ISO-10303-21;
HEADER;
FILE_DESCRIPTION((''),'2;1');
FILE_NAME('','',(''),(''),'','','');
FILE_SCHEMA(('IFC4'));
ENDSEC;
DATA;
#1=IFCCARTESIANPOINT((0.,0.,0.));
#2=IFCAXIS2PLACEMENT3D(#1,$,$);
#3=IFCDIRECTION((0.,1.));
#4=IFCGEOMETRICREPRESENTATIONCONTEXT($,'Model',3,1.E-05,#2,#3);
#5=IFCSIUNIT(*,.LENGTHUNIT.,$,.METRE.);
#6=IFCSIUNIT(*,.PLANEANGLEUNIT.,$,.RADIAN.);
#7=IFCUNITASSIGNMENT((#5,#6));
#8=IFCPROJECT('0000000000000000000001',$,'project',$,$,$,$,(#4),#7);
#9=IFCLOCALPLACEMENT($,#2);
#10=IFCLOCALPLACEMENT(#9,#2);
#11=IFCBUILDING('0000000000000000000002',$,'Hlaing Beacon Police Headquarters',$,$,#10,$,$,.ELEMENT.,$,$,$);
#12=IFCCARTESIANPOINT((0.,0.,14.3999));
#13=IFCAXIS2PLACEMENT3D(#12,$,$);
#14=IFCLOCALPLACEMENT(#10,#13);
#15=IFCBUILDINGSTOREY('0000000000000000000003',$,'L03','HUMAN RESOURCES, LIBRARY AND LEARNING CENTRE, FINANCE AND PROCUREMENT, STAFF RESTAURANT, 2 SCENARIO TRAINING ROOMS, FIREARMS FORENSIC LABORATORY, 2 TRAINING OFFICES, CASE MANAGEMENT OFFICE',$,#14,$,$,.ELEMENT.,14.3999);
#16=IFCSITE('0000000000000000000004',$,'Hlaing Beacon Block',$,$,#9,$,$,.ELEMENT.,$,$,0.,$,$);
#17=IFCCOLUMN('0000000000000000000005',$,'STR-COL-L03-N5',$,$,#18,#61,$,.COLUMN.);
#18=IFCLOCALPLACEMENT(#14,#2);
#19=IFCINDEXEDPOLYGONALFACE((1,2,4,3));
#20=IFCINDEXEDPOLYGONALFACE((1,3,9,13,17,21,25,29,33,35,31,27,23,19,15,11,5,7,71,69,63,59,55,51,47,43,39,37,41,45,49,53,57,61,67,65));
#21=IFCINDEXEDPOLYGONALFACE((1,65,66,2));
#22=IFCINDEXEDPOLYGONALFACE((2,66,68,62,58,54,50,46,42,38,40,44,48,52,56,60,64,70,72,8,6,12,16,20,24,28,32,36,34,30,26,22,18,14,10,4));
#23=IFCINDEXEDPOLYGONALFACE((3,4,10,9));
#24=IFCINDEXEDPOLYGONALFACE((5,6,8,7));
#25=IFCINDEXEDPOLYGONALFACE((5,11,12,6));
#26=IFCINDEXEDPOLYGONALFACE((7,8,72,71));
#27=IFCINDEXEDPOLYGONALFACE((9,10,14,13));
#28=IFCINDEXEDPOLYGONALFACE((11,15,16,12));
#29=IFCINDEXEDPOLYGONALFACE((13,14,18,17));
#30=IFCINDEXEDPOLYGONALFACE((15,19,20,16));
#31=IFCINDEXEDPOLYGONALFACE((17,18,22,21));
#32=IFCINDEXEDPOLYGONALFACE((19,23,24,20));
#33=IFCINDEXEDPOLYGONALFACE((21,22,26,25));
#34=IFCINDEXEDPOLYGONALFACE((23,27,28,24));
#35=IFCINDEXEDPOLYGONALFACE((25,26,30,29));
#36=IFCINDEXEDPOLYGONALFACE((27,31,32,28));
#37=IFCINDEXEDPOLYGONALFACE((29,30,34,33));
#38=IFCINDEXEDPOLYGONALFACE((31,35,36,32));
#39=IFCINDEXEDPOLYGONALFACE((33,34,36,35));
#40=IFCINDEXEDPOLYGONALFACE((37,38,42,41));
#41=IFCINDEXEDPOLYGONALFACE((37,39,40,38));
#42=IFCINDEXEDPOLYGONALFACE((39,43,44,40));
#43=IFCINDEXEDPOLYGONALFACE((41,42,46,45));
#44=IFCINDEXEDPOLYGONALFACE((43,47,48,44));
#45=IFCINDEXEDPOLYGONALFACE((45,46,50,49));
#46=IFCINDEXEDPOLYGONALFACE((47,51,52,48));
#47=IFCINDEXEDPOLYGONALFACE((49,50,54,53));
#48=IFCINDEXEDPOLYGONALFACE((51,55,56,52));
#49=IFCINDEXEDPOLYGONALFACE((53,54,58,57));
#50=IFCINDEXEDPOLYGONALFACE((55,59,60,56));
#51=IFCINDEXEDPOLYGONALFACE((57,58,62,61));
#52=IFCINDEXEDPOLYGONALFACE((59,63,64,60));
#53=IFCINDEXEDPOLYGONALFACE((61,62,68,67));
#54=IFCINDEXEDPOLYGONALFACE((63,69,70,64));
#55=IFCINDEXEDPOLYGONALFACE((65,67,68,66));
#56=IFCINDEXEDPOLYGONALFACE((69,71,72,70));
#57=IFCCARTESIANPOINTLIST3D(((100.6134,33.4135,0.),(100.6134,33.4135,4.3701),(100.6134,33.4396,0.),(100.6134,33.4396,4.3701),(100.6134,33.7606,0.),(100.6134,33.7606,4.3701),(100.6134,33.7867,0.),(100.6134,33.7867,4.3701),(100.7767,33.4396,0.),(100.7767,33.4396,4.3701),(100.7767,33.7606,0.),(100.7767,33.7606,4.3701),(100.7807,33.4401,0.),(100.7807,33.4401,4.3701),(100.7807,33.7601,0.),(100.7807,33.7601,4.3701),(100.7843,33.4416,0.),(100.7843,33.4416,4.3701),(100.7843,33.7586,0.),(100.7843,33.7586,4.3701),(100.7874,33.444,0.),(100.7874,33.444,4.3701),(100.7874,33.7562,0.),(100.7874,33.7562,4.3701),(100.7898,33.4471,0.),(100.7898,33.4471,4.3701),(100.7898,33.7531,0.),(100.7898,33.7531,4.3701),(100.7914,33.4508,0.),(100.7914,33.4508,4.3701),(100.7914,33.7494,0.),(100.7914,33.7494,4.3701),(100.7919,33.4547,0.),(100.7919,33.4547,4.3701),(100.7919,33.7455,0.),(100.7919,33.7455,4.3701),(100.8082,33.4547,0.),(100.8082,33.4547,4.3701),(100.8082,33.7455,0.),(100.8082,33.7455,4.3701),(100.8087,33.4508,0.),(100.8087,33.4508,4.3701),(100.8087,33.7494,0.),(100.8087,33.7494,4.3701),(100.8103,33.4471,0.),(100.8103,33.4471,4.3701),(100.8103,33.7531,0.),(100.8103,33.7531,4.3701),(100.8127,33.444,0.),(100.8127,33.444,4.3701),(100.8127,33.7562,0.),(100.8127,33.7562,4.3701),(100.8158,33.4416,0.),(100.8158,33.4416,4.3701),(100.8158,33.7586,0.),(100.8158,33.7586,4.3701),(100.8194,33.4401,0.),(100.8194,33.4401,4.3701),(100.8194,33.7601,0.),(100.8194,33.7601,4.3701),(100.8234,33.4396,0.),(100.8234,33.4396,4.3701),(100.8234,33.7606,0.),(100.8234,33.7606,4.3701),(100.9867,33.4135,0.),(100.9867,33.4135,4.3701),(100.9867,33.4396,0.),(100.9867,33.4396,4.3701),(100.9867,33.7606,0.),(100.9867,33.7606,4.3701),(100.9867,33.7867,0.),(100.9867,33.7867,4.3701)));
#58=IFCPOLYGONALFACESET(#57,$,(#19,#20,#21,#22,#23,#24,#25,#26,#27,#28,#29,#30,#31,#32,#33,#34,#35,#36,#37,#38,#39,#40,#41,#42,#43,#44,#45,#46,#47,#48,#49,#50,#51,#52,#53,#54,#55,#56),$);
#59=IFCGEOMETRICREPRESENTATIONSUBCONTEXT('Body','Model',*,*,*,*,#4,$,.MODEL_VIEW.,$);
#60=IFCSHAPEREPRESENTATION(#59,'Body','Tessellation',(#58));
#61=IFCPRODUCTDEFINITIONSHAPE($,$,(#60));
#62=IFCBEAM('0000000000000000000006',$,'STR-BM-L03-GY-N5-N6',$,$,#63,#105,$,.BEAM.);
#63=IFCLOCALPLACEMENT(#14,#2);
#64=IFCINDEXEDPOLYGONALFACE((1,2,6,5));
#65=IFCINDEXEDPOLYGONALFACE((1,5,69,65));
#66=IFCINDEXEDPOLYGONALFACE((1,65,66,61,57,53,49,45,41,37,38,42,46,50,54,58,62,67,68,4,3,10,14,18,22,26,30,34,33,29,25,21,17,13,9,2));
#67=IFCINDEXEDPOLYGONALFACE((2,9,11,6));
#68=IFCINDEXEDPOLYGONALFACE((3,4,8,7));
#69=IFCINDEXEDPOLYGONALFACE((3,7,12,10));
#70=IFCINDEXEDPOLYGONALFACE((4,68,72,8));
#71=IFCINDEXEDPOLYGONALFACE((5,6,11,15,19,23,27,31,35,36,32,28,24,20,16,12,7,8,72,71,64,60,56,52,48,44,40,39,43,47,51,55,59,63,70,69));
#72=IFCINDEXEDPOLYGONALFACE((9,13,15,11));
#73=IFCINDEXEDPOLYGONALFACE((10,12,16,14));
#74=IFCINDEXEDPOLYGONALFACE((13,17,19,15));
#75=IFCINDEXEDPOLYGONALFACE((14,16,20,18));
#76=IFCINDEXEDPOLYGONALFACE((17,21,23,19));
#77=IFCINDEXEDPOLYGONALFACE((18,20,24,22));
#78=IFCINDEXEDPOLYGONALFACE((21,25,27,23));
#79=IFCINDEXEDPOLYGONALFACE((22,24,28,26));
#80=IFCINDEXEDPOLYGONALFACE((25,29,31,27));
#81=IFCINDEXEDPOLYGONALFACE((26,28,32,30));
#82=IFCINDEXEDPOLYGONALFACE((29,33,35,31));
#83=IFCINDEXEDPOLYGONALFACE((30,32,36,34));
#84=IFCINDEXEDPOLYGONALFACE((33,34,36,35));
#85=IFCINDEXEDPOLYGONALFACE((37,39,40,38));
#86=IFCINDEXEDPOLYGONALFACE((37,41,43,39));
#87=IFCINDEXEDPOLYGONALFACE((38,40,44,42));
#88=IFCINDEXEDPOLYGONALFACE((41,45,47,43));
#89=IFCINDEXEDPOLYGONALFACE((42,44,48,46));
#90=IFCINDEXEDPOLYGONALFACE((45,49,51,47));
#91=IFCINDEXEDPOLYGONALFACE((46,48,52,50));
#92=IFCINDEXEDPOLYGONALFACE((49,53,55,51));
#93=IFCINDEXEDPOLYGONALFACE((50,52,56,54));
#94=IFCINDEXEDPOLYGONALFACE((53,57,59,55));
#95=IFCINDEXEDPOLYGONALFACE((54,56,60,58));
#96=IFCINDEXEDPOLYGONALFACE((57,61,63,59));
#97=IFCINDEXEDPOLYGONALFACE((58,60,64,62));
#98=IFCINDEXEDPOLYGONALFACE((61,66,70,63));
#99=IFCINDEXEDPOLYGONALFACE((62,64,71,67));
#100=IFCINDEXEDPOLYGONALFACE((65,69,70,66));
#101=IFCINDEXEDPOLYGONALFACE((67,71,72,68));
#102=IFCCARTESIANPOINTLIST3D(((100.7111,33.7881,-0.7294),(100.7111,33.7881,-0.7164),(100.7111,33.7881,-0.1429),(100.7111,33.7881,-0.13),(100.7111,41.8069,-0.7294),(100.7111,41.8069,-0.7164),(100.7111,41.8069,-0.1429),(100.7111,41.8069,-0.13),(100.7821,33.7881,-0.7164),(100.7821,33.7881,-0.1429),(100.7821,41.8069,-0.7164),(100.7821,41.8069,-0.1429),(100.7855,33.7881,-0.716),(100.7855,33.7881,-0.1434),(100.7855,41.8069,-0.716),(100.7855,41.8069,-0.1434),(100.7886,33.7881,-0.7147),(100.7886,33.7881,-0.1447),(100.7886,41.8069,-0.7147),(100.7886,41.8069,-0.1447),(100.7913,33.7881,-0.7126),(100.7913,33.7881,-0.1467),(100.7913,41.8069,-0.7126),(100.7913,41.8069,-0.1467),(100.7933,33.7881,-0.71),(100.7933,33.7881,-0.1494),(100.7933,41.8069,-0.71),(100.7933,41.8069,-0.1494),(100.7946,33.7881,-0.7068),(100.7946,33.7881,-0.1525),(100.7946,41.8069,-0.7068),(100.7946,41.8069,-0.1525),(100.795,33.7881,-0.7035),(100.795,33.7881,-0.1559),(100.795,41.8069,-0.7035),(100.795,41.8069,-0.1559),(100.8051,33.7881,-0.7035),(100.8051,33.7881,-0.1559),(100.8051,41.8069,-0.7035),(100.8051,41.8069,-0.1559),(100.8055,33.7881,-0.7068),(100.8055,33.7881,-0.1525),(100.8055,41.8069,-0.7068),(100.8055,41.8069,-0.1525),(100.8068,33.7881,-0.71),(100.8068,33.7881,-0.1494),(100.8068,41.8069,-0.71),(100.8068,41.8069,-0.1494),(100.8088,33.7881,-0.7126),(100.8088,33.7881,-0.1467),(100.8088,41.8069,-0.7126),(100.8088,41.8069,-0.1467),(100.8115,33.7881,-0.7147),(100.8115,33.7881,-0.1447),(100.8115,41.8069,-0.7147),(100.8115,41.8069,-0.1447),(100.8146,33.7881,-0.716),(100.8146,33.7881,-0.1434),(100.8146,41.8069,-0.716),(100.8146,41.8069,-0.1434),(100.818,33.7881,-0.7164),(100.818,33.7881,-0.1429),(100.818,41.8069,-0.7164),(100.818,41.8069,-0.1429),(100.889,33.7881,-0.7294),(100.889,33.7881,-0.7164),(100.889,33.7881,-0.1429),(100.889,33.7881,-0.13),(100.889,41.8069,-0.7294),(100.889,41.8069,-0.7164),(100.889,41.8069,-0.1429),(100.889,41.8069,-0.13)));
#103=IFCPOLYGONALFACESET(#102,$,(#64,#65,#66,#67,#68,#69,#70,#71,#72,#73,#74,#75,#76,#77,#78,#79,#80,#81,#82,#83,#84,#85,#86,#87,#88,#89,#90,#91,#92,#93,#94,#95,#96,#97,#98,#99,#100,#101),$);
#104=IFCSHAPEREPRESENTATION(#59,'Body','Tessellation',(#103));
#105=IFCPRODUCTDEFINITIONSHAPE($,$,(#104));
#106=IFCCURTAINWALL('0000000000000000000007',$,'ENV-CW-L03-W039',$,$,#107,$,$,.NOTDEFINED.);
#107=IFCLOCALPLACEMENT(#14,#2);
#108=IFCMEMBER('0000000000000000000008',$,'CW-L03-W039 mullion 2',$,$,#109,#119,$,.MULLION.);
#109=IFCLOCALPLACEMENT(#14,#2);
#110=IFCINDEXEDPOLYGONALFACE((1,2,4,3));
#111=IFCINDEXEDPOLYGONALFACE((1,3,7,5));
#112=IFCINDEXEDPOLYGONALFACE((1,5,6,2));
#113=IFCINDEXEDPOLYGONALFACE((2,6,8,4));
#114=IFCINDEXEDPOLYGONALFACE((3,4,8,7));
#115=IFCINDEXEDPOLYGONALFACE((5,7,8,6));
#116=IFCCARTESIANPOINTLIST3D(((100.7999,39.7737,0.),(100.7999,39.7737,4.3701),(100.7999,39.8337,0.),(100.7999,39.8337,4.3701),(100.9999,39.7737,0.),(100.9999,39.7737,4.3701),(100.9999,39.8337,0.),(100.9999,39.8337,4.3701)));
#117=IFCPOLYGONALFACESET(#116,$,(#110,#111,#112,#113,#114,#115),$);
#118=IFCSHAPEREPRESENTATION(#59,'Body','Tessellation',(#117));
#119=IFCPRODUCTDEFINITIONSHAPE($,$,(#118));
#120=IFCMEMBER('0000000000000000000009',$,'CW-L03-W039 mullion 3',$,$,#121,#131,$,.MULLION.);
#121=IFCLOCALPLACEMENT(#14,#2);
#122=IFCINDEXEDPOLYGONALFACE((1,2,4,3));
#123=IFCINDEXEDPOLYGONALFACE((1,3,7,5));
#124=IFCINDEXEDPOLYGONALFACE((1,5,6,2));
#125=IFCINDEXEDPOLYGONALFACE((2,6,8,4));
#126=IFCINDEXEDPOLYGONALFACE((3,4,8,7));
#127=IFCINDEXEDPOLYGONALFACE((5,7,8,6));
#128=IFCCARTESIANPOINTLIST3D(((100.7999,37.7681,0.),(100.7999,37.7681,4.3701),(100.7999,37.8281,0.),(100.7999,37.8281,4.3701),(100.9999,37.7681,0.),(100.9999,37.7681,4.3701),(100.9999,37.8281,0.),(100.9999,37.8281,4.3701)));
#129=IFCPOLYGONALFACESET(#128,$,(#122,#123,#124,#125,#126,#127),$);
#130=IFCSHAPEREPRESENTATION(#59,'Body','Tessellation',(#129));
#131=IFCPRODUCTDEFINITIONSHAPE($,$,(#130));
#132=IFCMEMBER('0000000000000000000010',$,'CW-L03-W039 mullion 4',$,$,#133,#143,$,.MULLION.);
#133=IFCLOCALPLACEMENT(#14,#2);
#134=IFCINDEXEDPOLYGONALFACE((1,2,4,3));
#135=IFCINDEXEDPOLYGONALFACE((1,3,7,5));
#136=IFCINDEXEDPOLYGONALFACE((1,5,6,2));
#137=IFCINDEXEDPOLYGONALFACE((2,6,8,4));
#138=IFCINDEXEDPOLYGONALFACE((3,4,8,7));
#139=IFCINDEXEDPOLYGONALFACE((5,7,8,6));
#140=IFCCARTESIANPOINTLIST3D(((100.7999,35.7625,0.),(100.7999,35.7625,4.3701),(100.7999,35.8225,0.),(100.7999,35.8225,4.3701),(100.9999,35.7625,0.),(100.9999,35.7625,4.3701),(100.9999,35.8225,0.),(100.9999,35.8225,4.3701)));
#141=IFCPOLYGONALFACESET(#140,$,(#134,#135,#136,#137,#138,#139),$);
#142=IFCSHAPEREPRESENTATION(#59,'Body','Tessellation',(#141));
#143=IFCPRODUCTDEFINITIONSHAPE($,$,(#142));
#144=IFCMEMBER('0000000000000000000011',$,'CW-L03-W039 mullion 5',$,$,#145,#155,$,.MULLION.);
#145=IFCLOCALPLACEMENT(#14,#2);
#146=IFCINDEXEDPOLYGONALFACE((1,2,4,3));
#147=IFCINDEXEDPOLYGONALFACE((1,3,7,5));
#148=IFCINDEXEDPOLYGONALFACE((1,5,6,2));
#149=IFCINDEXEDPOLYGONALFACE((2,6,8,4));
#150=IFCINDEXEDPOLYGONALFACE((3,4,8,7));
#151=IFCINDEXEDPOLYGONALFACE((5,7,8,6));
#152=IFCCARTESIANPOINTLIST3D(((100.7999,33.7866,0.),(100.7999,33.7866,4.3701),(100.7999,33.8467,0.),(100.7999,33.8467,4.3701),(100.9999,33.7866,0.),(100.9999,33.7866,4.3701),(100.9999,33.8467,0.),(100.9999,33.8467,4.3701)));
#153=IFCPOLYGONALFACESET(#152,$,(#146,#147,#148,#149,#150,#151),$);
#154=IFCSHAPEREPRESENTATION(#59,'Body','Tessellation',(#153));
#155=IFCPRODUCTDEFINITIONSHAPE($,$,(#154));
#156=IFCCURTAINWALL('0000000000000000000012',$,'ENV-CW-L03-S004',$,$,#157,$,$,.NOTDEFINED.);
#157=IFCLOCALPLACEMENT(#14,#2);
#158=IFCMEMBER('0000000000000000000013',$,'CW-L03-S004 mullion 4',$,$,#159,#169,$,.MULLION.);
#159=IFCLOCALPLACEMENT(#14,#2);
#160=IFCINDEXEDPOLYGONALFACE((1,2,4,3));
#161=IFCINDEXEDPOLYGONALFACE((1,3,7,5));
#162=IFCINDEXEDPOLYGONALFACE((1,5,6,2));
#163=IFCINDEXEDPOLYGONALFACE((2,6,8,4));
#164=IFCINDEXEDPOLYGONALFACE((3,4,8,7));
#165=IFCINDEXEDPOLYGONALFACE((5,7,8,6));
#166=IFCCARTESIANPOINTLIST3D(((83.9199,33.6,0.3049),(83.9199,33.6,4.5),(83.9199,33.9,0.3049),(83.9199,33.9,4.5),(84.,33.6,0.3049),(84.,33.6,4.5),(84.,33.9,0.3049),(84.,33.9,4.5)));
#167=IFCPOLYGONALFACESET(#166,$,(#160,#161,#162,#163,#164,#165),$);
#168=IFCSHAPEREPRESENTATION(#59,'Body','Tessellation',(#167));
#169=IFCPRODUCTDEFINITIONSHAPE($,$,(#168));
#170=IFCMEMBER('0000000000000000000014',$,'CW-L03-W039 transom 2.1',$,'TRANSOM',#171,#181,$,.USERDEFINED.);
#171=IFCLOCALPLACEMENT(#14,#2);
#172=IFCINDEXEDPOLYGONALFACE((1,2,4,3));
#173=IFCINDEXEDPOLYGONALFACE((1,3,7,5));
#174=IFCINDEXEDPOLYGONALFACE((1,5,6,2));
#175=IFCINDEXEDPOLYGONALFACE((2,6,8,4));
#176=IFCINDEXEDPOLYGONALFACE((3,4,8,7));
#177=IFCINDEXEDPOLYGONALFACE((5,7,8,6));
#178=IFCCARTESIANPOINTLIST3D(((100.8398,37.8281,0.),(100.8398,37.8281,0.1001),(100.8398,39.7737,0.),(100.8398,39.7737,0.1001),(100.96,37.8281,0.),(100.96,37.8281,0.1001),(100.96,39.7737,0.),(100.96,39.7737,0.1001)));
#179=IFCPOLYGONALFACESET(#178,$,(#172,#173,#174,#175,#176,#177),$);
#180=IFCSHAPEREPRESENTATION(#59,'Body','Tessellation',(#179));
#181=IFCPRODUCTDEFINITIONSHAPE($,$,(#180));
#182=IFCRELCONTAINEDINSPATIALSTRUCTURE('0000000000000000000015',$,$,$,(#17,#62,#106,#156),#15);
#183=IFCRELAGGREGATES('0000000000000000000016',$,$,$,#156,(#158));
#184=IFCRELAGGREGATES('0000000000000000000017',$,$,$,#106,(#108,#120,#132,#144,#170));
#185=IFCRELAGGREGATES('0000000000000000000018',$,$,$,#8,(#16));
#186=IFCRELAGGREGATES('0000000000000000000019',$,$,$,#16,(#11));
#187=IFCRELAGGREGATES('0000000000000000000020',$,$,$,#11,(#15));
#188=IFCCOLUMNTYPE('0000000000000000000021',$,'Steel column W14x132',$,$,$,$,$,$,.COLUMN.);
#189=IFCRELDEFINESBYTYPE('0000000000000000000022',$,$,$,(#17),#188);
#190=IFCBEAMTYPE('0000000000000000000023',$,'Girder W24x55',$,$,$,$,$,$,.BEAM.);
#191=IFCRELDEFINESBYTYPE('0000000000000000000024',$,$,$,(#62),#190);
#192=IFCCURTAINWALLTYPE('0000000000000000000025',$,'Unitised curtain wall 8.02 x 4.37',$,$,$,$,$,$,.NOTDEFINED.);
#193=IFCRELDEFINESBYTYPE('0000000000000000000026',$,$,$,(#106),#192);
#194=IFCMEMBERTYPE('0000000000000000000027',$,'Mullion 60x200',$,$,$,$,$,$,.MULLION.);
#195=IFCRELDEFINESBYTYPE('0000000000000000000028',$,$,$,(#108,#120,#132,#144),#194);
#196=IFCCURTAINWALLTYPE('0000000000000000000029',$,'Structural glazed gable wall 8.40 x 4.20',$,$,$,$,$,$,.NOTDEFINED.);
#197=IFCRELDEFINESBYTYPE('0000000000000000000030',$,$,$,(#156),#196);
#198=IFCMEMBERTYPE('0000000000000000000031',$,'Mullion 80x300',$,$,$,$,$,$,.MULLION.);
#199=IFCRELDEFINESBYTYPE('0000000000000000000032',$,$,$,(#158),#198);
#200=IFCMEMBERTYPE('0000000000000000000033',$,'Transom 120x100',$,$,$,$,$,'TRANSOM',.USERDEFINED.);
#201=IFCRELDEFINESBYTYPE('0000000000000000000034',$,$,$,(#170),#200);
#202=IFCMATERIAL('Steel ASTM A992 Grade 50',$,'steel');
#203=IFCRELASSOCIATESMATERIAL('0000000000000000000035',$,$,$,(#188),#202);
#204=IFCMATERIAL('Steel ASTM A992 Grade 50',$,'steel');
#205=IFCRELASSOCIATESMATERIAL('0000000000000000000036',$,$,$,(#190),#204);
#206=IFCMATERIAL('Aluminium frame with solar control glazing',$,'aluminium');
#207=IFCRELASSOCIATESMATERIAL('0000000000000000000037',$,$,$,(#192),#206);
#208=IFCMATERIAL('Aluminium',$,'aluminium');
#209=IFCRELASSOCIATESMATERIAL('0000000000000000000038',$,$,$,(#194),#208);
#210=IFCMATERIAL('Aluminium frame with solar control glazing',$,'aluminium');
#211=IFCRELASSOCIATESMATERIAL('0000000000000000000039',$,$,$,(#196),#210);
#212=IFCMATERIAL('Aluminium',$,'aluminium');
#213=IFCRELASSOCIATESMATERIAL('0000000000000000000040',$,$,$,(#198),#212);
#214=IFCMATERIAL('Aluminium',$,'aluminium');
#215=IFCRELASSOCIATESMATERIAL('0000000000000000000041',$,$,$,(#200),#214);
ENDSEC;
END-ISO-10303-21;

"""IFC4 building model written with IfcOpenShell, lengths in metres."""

from ifc_helpers import new_model, si_unit, direction, frame, origin, origin_2d, place, context, subcontext, project, spatial, rectangle, i_section, extrude, material, material_profile, profile_set, type_object, element, aggregate, save


model = new_model("IFC4")

# Units and contexts
model_context = context("Model", 3, precision=1e-05, world=origin(), true_north=direction((0.0, 1.0)))
body_context = subcontext(model_context, "Body", "Model", "MODEL_VIEW")
ifc_project = project(units=[si_unit("LENGTHUNIT", "METRE"), si_unit("PLANEANGLEUNIT", "RADIAN")], contexts=[model_context])

# Site, building, storey
site_placement = place(None, origin())
site = spatial("IfcSite", under=ifc_project, at=site_placement, Name="Hlaing Beacon Block", CompositionType="ELEMENT", RefElevation=0.0)
building_placement = place(site_placement, origin())
building = spatial("IfcBuilding", under=site, at=building_placement, Name="Hlaing Beacon Police Headquarters", CompositionType="ELEMENT")
storey_placement = place(building_placement, frame((0.0, 0.0, 14.3999)))
storey = spatial("IfcBuildingStorey", under=building, at=storey_placement, Name="L03", Description="HUMAN RESOURCES, LIBRARY AND LEARNING CENTRE, FINANCE AND PROCUREMENT, STAFF RESTAURANT, 2 SCENARIO TRAINING ROOMS, FIREARMS FORENSIC LABORATORY, 2 TRAINING OFFICES, CASE MANAGEMENT OFFICE", CompositionType="ELEMENT", Elevation=14.3999)

# Column
ifc_material_1 = material(Name="Steel ASTM A992 Grade 50", Category="steel")
ifc_material_profile_1 = material_profile(ifc_material_1, i_section(OverallWidth=0.3733, OverallDepth=0.3733, WebThickness=0.0164, FlangeThickness=0.0261, FilletRadius=0.0151, at=origin_2d()), Name="W14x132")
ifc_profile_set_1 = profile_set([ifc_material_profile_1], Name="Steel ASTM A992 Grade 50")
column_type = type_object("IfcColumnType", Name="Steel column W14x132", PredefinedType="COLUMN", material=ifc_profile_set_1)
column_placement = place(storey_placement, frame((100.8, 33.6001, 0.0), z_axis=(0.0, 0.0, 1.0), x_axis=(1.0, 0.0, 0.0)))
element("IfcColumn", 1, at=column_placement, inside=storey, type_object=column_type, Name="STR-COL-L03-N5", PredefinedType="COLUMN", context=body_context, shape_type="SweptSolid", body=[
    extrude(i_section(OverallWidth=0.3733, OverallDepth=0.3733, WebThickness=0.0164, FlangeThickness=0.0261, FilletRadius=0.0151, at=origin_2d()), origin(), (0.0, 0.0, 1.0), 4.3701),
])

# Beam
ifc_material_2 = material(Name="Steel ASTM A992 Grade 50", Category="steel")
ifc_material_profile_2 = material_profile(ifc_material_2, i_section(OverallWidth=0.178, OverallDepth=0.5994, WebThickness=0.01, FlangeThickness=0.0129, FilletRadius=0.0129, at=origin_2d()), Name="W24x55")
ifc_profile_set_2 = profile_set([ifc_material_profile_2], Name="Steel ASTM A992 Grade 50")
beam_type = type_object("IfcBeamType", Name="Girder W24x55", PredefinedType="BEAM", material=ifc_profile_set_2)
beam_placement = place(storey_placement, frame((100.8, 33.7881, -0.4297), z_axis=(0.0, 1.0, 0.0), x_axis=(-1.0, 0.0, 0.0)))
element("IfcBeam", 2, at=beam_placement, inside=storey, type_object=beam_type, Name="STR-BM-L03-GY-N5-N6", PredefinedType="BEAM", context=body_context, shape_type="SweptSolid", body=[
    extrude(i_section(OverallWidth=0.178, OverallDepth=0.5994, WebThickness=0.01, FlangeThickness=0.0129, FilletRadius=0.0129, at=origin_2d()), origin(), (0.0, 0.0, 1.0), 8.0188),
])

# Curtain wall, members
ifc_material_3 = material(Name="Aluminium frame with solar control glazing", Category="aluminium")
curtain_wall_type_1 = type_object("IfcCurtainWallType", Name="Unitised curtain wall 8.02 x 4.37", PredefinedType="NOTDEFINED", material=ifc_material_3)
curtain_wall_1_placement = place(storey_placement, origin())
curtain_wall_1 = element("IfcCurtainWall", 3, at=curtain_wall_1_placement, inside=storey, type_object=curtain_wall_type_1, Name="ENV-CW-L03-W039", PredefinedType="NOTDEFINED")
ifc_material_4 = material(Name="Aluminium", Category="aluminium")
ifc_material_profile_3 = material_profile(ifc_material_4, rectangle(XDim=0.2, YDim=0.0601, at=origin_2d()), Name="Mullion 60x200")
ifc_profile_set_3 = profile_set([ifc_material_profile_3], Name="Aluminium")
member_type_1 = type_object("IfcMemberType", Name="Mullion 60x200", PredefinedType="MULLION", material=ifc_profile_set_3)
member_1_placement = place(storey_placement, frame((100.8999, 39.8037, 0.0), z_axis=(0.0, 0.0, 1.0), x_axis=(1.0, 0.0, 0.0)))
member_1 = element("IfcMember", 4, at=member_1_placement, type_object=member_type_1, Name="CW-L03-W039 mullion 2", PredefinedType="MULLION", context=body_context, shape_type="SweptSolid", body=[
    extrude(rectangle(XDim=0.2, YDim=0.0601, at=origin_2d()), origin(), (0.0, 0.0, 1.0), 4.3701),
])
member_2_placement = place(storey_placement, frame((100.8999, 37.7981, 0.0), z_axis=(0.0, 0.0, 1.0), x_axis=(1.0, 0.0, 0.0)))
member_2 = element("IfcMember", 5, at=member_2_placement, type_object=member_type_1, Name="CW-L03-W039 mullion 3", PredefinedType="MULLION", context=body_context, shape_type="SweptSolid", body=[
    extrude(rectangle(XDim=0.2, YDim=0.0601, at=origin_2d()), origin(), (0.0, 0.0, 1.0), 4.3701),
])
member_3_placement = place(storey_placement, frame((100.8999, 35.7925, 0.0), z_axis=(0.0, 0.0, 1.0), x_axis=(1.0, 0.0, 0.0)))
member_3 = element("IfcMember", 6, at=member_3_placement, type_object=member_type_1, Name="CW-L03-W039 mullion 4", PredefinedType="MULLION", context=body_context, shape_type="SweptSolid", body=[
    extrude(rectangle(XDim=0.2, YDim=0.0601, at=origin_2d()), origin(), (0.0, 0.0, 1.0), 4.3701),
])
member_4_placement = place(storey_placement, frame((100.8999, 33.8167, 0.0), z_axis=(0.0, 0.0, 1.0), x_axis=(1.0, 0.0, 0.0)))
member_4 = element("IfcMember", 7, at=member_4_placement, type_object=member_type_1, Name="CW-L03-W039 mullion 5", PredefinedType="MULLION", context=body_context, shape_type="SweptSolid", body=[
    extrude(rectangle(XDim=0.2, YDim=0.0601, at=origin_2d()), origin(), (0.0, 0.0, 1.0), 4.3701),
])

# Curtain wall, member
ifc_material_5 = material(Name="Aluminium frame with solar control glazing", Category="aluminium")
curtain_wall_type_2 = type_object("IfcCurtainWallType", Name="Structural glazed gable wall 8.40 x 4.20", PredefinedType="NOTDEFINED", material=ifc_material_5)
curtain_wall_2_placement = place(storey_placement, origin())
curtain_wall_2 = element("IfcCurtainWall", 8, at=curtain_wall_2_placement, inside=storey, type_object=curtain_wall_type_2, Name="ENV-CW-L03-S004", PredefinedType="NOTDEFINED")
ifc_material_6 = material(Name="Aluminium", Category="aluminium")
ifc_material_profile_4 = material_profile(ifc_material_6, rectangle(XDim=0.3, YDim=0.0801, at=origin_2d()), Name="Mullion 80x300")
ifc_profile_set_4 = profile_set([ifc_material_profile_4], Name="Aluminium")
member_type_2 = type_object("IfcMemberType", Name="Mullion 80x300", PredefinedType="MULLION", material=ifc_profile_set_4)
member_5_placement = place(storey_placement, frame((83.96, 33.75, 0.3049), z_axis=(0.0, 0.0, 1.0), x_axis=(0.0, 1.0, 0.0)))
member_5 = element("IfcMember", 9, at=member_5_placement, type_object=member_type_2, Name="CW-L03-S004 mullion 4", PredefinedType="MULLION", context=body_context, shape_type="SweptSolid", body=[
    extrude(rectangle(XDim=0.3, YDim=0.0801, at=origin_2d()), origin(), (0.0, 0.0, 1.0), 4.1951),
])
aggregate(curtain_wall_2, [member_5])

# Member
ifc_material_7 = material(Name="Aluminium", Category="aluminium")
ifc_material_profile_5 = material_profile(ifc_material_7, rectangle(XDim=0.1201, YDim=0.1001, at=origin_2d()), Name="Transom 120x100")
ifc_profile_set_5 = profile_set([ifc_material_profile_5], Name="Aluminium")
member_type_3 = type_object("IfcMemberType", Name="Transom 120x100", ElementType="TRANSOM", PredefinedType="USERDEFINED", material=ifc_profile_set_5)
member_6_placement = place(storey_placement, frame((100.8999, 39.7737, 0.05), z_axis=(0.0, -1.0, 0.0), x_axis=(1.0, 0.0, 0.0)))
member_6 = element("IfcMember", 10, at=member_6_placement, type_object=member_type_3, Name="CW-L03-W039 transom 2.1", ObjectType="TRANSOM", PredefinedType="USERDEFINED", context=body_context, shape_type="SweptSolid", body=[
    extrude(rectangle(XDim=0.1201, YDim=0.1001, at=origin_2d()), origin(), (0.0, 0.0, 1.0), 1.9456),
])

aggregate(curtain_wall_1, [member_1, member_2, member_3, member_4, member_6])

save(model, "model.ifc")
